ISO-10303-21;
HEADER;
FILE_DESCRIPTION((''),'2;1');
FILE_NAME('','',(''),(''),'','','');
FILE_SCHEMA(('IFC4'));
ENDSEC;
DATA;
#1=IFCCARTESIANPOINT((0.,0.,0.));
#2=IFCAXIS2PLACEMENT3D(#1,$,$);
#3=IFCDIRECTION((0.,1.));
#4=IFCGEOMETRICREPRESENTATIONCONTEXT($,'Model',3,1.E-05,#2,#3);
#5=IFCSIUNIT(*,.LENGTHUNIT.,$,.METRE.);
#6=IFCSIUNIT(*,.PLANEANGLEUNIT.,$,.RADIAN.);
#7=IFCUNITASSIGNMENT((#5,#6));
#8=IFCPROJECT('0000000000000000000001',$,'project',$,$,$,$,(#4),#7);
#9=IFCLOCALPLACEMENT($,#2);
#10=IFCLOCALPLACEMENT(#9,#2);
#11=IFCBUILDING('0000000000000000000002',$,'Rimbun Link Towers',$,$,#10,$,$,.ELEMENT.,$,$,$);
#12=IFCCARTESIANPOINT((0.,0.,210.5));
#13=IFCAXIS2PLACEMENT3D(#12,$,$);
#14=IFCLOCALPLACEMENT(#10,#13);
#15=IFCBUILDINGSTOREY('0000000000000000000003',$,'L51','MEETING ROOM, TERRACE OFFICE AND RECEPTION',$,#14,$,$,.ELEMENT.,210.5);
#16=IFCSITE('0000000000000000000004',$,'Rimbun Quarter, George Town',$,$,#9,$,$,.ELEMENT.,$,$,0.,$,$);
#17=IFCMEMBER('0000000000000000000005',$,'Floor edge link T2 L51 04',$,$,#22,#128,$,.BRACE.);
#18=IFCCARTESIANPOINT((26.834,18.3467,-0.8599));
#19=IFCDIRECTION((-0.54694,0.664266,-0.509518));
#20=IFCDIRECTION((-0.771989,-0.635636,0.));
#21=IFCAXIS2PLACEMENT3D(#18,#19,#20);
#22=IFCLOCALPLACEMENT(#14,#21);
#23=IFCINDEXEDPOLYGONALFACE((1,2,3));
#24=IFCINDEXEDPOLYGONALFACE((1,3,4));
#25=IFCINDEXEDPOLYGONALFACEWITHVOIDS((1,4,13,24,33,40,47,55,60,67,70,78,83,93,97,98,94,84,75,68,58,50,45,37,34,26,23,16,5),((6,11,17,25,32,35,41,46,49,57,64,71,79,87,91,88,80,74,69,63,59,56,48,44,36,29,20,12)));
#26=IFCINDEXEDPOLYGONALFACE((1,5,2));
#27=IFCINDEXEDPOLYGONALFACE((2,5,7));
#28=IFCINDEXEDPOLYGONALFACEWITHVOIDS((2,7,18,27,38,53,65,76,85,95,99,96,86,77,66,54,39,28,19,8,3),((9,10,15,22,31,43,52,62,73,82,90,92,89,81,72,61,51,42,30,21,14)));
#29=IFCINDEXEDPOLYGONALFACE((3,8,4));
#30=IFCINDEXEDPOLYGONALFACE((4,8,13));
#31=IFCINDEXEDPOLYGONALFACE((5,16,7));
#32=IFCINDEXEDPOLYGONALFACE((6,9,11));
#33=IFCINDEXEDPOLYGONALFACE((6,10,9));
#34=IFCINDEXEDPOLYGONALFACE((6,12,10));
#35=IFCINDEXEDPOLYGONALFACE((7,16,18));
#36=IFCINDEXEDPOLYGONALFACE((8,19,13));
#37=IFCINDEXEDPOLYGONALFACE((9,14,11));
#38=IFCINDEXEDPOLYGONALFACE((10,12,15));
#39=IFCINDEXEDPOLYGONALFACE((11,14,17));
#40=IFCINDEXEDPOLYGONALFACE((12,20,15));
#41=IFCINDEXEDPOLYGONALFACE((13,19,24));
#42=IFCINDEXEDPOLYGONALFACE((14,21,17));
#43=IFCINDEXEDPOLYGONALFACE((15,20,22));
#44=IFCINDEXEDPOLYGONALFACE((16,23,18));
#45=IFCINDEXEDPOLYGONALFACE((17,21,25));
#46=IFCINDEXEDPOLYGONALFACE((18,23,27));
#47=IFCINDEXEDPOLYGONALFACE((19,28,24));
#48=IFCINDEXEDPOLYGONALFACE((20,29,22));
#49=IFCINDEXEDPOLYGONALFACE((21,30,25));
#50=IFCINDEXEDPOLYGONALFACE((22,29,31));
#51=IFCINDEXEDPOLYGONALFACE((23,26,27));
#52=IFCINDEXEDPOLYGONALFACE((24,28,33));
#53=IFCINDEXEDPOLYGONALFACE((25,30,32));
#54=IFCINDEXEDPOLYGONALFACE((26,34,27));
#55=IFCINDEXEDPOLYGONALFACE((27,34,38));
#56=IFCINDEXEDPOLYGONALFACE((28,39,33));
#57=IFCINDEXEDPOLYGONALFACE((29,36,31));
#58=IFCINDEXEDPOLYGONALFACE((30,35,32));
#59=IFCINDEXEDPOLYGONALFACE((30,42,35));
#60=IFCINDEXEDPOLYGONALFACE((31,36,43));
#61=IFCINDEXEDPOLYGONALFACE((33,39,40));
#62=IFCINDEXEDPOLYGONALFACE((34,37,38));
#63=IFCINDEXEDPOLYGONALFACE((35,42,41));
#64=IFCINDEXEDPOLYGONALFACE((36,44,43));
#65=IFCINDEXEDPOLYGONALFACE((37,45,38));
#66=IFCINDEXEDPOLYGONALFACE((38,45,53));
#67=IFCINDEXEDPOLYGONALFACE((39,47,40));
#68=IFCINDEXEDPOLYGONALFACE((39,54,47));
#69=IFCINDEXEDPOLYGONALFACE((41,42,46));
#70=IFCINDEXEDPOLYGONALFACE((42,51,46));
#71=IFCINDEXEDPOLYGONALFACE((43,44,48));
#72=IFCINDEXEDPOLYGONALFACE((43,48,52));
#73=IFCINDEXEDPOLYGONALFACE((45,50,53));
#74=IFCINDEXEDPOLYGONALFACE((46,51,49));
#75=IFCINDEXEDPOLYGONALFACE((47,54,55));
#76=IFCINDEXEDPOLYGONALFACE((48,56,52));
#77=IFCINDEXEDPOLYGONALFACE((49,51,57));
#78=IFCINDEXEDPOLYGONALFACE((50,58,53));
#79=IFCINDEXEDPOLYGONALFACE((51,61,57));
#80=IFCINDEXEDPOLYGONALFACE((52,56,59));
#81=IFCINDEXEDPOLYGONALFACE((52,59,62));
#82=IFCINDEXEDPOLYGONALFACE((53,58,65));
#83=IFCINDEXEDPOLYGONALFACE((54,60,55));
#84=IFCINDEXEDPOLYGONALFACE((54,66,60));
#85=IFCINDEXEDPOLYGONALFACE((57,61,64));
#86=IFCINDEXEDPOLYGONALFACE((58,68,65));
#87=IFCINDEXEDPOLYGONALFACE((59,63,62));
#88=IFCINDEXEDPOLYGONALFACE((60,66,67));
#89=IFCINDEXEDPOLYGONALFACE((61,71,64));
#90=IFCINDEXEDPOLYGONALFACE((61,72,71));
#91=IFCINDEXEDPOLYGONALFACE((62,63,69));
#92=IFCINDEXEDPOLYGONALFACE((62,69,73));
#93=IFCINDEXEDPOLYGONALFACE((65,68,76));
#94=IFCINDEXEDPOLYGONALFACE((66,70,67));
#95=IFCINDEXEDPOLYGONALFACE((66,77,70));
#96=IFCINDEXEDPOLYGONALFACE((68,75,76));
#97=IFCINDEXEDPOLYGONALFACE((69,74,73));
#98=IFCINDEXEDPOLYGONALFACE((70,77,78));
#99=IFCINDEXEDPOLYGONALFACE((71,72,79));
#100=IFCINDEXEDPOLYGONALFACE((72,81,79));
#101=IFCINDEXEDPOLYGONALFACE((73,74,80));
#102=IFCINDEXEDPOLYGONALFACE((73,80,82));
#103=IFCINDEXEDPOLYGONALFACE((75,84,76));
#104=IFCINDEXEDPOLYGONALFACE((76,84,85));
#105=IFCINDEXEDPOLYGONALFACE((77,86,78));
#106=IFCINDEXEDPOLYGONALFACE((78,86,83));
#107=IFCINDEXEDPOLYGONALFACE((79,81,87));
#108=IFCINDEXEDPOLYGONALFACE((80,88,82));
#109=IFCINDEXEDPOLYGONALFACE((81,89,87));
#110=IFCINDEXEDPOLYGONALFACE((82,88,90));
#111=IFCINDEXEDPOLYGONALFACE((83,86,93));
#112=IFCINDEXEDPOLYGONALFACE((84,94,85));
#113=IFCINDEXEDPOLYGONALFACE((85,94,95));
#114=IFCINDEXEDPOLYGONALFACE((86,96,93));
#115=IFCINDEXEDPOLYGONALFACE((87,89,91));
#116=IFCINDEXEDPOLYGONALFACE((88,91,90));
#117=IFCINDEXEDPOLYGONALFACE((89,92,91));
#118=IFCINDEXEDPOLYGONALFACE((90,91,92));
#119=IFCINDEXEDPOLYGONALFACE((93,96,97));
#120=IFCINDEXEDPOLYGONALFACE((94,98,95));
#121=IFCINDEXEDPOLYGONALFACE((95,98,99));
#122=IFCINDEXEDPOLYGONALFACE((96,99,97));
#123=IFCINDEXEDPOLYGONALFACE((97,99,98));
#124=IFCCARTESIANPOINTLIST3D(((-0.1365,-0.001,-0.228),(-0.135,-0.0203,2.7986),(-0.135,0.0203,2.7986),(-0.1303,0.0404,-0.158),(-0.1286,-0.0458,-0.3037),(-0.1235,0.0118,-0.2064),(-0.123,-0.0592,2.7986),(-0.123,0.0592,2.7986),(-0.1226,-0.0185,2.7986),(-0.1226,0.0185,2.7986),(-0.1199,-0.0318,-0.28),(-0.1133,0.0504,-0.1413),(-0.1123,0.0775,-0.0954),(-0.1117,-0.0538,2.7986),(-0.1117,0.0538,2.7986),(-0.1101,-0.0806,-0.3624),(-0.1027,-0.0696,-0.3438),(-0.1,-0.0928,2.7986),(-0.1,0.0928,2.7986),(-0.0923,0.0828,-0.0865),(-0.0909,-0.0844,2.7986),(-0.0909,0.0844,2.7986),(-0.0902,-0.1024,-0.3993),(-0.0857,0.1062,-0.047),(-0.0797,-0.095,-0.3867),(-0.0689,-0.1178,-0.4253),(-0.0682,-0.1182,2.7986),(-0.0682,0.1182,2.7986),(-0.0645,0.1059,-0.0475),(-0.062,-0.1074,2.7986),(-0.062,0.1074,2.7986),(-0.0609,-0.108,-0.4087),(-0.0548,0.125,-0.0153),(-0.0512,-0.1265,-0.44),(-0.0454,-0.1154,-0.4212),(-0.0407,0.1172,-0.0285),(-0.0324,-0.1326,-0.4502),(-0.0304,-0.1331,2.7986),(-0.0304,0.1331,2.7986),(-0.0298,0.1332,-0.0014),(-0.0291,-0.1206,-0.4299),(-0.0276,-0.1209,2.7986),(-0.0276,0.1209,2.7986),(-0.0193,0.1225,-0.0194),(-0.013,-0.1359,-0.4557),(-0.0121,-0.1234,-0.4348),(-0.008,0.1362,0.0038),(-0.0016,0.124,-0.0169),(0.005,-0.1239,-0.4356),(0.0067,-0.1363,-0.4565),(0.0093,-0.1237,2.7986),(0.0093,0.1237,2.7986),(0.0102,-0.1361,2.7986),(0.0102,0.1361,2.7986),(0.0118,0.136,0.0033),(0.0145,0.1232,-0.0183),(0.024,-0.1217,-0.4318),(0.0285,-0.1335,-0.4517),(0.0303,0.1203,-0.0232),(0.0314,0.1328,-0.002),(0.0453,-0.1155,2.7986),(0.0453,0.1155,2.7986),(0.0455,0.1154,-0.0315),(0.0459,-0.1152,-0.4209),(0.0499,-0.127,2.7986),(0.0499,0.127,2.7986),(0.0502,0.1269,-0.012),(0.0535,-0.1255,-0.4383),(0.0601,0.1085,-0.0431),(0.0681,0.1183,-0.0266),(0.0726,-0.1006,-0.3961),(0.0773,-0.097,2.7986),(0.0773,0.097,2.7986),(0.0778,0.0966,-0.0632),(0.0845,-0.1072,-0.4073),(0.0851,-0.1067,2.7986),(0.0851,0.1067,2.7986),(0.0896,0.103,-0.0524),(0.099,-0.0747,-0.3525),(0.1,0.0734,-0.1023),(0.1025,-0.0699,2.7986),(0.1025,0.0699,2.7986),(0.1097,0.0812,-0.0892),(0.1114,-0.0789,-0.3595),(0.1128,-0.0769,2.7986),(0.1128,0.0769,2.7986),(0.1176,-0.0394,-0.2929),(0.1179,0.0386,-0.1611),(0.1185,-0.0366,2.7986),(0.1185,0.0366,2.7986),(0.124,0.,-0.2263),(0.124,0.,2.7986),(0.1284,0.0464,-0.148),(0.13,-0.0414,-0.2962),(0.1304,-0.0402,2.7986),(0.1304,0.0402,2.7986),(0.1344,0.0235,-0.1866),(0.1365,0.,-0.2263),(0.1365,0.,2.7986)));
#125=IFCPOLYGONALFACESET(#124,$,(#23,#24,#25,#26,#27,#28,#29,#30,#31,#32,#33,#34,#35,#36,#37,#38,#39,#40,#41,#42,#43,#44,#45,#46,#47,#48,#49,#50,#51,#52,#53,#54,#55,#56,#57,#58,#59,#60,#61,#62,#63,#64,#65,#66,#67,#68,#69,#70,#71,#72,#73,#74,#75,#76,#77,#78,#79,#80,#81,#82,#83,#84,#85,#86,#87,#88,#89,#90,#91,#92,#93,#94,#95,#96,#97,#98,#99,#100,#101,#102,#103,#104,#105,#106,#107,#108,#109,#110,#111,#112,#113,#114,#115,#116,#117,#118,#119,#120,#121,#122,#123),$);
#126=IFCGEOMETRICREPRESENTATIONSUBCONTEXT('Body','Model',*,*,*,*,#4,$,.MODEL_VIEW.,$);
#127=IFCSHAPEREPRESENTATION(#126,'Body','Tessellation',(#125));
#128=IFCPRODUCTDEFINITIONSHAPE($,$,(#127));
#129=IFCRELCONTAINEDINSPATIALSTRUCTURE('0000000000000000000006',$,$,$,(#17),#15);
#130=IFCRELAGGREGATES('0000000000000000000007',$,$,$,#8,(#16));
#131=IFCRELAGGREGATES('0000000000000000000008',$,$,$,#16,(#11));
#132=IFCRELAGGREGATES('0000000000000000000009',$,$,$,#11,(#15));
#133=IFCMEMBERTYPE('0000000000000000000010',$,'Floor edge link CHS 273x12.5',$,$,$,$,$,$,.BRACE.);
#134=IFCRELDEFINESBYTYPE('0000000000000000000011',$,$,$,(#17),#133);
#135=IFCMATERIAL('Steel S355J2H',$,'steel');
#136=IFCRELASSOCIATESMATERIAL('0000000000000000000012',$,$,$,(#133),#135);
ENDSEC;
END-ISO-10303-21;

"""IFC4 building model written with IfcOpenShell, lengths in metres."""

from ifc_helpers import new_model, si_unit, direction, frame, origin, origin_2d, place, context, subcontext, project, spatial, hollow_circle, extrude, clip, halfspace, material, material_profile, profile_set, type_object, element, save


model = new_model("IFC4")

# Units and contexts
model_context = context("Model", 3, precision=1e-05, world=origin(), true_north=direction((0.0, 1.0)))
body_context = subcontext(model_context, "Body", "Model", "MODEL_VIEW")
ifc_project = project(units=[si_unit("LENGTHUNIT", "METRE"), si_unit("PLANEANGLEUNIT", "RADIAN")], contexts=[model_context])

# Site, building, storey
site_placement = place(None, origin())
site = spatial("IfcSite", under=ifc_project, at=site_placement, Name="Rimbun Quarter, George Town", CompositionType="ELEMENT", RefElevation=0.0)
building_placement = place(site_placement, origin())
building = spatial("IfcBuilding", under=site, at=building_placement, Name="Rimbun Link Towers", CompositionType="ELEMENT")
storey_placement = place(building_placement, frame((0.0, 0.0, 210.5)))
storey = spatial("IfcBuildingStorey", under=building, at=storey_placement, Name="L51", Description="MEETING ROOM, TERRACE OFFICE AND RECEPTION", CompositionType="ELEMENT", Elevation=210.5)

# Member
ifc_material_1 = material(Name="Steel S355J2H", Category="steel")
ifc_material_profile_1 = material_profile(ifc_material_1, hollow_circle(Radius=0.1365, WallThickness=0.0125, at=origin_2d()), Name="CHS 273x12.5")
ifc_profile_set_1 = profile_set([ifc_material_profile_1], Name="Steel S355J2H")
member_type = type_object("IfcMemberType", Name="Floor edge link CHS 273x12.5", PredefinedType="BRACE", material=ifc_profile_set_1)
member_placement = place(storey_placement, frame((26.834, 18.3467, -0.8599), z_axis=(-0.54694, 0.664266, -0.509518), x_axis=(-0.771989, -0.635636, 0.0)))
element("IfcMember", 1, at=member_placement, inside=storey, type_object=member_type, Name="Floor edge link T2 L51 04", PredefinedType="BRACE", context=body_context, shape_type="Clipping", body=[
    clip(extrude(hollow_circle(Radius=0.1365, WallThickness=0.0125, at=origin_2d()), frame((0.0, 0.0, -0.4807)), (0.0, 0.0, 1.0), 3.2793), halfspace(frame((0.0, 0.0, -0.2263), z_axis=(0.0, 0.86046, -0.509518)), False)),
])

save(model, "model.ifc")
